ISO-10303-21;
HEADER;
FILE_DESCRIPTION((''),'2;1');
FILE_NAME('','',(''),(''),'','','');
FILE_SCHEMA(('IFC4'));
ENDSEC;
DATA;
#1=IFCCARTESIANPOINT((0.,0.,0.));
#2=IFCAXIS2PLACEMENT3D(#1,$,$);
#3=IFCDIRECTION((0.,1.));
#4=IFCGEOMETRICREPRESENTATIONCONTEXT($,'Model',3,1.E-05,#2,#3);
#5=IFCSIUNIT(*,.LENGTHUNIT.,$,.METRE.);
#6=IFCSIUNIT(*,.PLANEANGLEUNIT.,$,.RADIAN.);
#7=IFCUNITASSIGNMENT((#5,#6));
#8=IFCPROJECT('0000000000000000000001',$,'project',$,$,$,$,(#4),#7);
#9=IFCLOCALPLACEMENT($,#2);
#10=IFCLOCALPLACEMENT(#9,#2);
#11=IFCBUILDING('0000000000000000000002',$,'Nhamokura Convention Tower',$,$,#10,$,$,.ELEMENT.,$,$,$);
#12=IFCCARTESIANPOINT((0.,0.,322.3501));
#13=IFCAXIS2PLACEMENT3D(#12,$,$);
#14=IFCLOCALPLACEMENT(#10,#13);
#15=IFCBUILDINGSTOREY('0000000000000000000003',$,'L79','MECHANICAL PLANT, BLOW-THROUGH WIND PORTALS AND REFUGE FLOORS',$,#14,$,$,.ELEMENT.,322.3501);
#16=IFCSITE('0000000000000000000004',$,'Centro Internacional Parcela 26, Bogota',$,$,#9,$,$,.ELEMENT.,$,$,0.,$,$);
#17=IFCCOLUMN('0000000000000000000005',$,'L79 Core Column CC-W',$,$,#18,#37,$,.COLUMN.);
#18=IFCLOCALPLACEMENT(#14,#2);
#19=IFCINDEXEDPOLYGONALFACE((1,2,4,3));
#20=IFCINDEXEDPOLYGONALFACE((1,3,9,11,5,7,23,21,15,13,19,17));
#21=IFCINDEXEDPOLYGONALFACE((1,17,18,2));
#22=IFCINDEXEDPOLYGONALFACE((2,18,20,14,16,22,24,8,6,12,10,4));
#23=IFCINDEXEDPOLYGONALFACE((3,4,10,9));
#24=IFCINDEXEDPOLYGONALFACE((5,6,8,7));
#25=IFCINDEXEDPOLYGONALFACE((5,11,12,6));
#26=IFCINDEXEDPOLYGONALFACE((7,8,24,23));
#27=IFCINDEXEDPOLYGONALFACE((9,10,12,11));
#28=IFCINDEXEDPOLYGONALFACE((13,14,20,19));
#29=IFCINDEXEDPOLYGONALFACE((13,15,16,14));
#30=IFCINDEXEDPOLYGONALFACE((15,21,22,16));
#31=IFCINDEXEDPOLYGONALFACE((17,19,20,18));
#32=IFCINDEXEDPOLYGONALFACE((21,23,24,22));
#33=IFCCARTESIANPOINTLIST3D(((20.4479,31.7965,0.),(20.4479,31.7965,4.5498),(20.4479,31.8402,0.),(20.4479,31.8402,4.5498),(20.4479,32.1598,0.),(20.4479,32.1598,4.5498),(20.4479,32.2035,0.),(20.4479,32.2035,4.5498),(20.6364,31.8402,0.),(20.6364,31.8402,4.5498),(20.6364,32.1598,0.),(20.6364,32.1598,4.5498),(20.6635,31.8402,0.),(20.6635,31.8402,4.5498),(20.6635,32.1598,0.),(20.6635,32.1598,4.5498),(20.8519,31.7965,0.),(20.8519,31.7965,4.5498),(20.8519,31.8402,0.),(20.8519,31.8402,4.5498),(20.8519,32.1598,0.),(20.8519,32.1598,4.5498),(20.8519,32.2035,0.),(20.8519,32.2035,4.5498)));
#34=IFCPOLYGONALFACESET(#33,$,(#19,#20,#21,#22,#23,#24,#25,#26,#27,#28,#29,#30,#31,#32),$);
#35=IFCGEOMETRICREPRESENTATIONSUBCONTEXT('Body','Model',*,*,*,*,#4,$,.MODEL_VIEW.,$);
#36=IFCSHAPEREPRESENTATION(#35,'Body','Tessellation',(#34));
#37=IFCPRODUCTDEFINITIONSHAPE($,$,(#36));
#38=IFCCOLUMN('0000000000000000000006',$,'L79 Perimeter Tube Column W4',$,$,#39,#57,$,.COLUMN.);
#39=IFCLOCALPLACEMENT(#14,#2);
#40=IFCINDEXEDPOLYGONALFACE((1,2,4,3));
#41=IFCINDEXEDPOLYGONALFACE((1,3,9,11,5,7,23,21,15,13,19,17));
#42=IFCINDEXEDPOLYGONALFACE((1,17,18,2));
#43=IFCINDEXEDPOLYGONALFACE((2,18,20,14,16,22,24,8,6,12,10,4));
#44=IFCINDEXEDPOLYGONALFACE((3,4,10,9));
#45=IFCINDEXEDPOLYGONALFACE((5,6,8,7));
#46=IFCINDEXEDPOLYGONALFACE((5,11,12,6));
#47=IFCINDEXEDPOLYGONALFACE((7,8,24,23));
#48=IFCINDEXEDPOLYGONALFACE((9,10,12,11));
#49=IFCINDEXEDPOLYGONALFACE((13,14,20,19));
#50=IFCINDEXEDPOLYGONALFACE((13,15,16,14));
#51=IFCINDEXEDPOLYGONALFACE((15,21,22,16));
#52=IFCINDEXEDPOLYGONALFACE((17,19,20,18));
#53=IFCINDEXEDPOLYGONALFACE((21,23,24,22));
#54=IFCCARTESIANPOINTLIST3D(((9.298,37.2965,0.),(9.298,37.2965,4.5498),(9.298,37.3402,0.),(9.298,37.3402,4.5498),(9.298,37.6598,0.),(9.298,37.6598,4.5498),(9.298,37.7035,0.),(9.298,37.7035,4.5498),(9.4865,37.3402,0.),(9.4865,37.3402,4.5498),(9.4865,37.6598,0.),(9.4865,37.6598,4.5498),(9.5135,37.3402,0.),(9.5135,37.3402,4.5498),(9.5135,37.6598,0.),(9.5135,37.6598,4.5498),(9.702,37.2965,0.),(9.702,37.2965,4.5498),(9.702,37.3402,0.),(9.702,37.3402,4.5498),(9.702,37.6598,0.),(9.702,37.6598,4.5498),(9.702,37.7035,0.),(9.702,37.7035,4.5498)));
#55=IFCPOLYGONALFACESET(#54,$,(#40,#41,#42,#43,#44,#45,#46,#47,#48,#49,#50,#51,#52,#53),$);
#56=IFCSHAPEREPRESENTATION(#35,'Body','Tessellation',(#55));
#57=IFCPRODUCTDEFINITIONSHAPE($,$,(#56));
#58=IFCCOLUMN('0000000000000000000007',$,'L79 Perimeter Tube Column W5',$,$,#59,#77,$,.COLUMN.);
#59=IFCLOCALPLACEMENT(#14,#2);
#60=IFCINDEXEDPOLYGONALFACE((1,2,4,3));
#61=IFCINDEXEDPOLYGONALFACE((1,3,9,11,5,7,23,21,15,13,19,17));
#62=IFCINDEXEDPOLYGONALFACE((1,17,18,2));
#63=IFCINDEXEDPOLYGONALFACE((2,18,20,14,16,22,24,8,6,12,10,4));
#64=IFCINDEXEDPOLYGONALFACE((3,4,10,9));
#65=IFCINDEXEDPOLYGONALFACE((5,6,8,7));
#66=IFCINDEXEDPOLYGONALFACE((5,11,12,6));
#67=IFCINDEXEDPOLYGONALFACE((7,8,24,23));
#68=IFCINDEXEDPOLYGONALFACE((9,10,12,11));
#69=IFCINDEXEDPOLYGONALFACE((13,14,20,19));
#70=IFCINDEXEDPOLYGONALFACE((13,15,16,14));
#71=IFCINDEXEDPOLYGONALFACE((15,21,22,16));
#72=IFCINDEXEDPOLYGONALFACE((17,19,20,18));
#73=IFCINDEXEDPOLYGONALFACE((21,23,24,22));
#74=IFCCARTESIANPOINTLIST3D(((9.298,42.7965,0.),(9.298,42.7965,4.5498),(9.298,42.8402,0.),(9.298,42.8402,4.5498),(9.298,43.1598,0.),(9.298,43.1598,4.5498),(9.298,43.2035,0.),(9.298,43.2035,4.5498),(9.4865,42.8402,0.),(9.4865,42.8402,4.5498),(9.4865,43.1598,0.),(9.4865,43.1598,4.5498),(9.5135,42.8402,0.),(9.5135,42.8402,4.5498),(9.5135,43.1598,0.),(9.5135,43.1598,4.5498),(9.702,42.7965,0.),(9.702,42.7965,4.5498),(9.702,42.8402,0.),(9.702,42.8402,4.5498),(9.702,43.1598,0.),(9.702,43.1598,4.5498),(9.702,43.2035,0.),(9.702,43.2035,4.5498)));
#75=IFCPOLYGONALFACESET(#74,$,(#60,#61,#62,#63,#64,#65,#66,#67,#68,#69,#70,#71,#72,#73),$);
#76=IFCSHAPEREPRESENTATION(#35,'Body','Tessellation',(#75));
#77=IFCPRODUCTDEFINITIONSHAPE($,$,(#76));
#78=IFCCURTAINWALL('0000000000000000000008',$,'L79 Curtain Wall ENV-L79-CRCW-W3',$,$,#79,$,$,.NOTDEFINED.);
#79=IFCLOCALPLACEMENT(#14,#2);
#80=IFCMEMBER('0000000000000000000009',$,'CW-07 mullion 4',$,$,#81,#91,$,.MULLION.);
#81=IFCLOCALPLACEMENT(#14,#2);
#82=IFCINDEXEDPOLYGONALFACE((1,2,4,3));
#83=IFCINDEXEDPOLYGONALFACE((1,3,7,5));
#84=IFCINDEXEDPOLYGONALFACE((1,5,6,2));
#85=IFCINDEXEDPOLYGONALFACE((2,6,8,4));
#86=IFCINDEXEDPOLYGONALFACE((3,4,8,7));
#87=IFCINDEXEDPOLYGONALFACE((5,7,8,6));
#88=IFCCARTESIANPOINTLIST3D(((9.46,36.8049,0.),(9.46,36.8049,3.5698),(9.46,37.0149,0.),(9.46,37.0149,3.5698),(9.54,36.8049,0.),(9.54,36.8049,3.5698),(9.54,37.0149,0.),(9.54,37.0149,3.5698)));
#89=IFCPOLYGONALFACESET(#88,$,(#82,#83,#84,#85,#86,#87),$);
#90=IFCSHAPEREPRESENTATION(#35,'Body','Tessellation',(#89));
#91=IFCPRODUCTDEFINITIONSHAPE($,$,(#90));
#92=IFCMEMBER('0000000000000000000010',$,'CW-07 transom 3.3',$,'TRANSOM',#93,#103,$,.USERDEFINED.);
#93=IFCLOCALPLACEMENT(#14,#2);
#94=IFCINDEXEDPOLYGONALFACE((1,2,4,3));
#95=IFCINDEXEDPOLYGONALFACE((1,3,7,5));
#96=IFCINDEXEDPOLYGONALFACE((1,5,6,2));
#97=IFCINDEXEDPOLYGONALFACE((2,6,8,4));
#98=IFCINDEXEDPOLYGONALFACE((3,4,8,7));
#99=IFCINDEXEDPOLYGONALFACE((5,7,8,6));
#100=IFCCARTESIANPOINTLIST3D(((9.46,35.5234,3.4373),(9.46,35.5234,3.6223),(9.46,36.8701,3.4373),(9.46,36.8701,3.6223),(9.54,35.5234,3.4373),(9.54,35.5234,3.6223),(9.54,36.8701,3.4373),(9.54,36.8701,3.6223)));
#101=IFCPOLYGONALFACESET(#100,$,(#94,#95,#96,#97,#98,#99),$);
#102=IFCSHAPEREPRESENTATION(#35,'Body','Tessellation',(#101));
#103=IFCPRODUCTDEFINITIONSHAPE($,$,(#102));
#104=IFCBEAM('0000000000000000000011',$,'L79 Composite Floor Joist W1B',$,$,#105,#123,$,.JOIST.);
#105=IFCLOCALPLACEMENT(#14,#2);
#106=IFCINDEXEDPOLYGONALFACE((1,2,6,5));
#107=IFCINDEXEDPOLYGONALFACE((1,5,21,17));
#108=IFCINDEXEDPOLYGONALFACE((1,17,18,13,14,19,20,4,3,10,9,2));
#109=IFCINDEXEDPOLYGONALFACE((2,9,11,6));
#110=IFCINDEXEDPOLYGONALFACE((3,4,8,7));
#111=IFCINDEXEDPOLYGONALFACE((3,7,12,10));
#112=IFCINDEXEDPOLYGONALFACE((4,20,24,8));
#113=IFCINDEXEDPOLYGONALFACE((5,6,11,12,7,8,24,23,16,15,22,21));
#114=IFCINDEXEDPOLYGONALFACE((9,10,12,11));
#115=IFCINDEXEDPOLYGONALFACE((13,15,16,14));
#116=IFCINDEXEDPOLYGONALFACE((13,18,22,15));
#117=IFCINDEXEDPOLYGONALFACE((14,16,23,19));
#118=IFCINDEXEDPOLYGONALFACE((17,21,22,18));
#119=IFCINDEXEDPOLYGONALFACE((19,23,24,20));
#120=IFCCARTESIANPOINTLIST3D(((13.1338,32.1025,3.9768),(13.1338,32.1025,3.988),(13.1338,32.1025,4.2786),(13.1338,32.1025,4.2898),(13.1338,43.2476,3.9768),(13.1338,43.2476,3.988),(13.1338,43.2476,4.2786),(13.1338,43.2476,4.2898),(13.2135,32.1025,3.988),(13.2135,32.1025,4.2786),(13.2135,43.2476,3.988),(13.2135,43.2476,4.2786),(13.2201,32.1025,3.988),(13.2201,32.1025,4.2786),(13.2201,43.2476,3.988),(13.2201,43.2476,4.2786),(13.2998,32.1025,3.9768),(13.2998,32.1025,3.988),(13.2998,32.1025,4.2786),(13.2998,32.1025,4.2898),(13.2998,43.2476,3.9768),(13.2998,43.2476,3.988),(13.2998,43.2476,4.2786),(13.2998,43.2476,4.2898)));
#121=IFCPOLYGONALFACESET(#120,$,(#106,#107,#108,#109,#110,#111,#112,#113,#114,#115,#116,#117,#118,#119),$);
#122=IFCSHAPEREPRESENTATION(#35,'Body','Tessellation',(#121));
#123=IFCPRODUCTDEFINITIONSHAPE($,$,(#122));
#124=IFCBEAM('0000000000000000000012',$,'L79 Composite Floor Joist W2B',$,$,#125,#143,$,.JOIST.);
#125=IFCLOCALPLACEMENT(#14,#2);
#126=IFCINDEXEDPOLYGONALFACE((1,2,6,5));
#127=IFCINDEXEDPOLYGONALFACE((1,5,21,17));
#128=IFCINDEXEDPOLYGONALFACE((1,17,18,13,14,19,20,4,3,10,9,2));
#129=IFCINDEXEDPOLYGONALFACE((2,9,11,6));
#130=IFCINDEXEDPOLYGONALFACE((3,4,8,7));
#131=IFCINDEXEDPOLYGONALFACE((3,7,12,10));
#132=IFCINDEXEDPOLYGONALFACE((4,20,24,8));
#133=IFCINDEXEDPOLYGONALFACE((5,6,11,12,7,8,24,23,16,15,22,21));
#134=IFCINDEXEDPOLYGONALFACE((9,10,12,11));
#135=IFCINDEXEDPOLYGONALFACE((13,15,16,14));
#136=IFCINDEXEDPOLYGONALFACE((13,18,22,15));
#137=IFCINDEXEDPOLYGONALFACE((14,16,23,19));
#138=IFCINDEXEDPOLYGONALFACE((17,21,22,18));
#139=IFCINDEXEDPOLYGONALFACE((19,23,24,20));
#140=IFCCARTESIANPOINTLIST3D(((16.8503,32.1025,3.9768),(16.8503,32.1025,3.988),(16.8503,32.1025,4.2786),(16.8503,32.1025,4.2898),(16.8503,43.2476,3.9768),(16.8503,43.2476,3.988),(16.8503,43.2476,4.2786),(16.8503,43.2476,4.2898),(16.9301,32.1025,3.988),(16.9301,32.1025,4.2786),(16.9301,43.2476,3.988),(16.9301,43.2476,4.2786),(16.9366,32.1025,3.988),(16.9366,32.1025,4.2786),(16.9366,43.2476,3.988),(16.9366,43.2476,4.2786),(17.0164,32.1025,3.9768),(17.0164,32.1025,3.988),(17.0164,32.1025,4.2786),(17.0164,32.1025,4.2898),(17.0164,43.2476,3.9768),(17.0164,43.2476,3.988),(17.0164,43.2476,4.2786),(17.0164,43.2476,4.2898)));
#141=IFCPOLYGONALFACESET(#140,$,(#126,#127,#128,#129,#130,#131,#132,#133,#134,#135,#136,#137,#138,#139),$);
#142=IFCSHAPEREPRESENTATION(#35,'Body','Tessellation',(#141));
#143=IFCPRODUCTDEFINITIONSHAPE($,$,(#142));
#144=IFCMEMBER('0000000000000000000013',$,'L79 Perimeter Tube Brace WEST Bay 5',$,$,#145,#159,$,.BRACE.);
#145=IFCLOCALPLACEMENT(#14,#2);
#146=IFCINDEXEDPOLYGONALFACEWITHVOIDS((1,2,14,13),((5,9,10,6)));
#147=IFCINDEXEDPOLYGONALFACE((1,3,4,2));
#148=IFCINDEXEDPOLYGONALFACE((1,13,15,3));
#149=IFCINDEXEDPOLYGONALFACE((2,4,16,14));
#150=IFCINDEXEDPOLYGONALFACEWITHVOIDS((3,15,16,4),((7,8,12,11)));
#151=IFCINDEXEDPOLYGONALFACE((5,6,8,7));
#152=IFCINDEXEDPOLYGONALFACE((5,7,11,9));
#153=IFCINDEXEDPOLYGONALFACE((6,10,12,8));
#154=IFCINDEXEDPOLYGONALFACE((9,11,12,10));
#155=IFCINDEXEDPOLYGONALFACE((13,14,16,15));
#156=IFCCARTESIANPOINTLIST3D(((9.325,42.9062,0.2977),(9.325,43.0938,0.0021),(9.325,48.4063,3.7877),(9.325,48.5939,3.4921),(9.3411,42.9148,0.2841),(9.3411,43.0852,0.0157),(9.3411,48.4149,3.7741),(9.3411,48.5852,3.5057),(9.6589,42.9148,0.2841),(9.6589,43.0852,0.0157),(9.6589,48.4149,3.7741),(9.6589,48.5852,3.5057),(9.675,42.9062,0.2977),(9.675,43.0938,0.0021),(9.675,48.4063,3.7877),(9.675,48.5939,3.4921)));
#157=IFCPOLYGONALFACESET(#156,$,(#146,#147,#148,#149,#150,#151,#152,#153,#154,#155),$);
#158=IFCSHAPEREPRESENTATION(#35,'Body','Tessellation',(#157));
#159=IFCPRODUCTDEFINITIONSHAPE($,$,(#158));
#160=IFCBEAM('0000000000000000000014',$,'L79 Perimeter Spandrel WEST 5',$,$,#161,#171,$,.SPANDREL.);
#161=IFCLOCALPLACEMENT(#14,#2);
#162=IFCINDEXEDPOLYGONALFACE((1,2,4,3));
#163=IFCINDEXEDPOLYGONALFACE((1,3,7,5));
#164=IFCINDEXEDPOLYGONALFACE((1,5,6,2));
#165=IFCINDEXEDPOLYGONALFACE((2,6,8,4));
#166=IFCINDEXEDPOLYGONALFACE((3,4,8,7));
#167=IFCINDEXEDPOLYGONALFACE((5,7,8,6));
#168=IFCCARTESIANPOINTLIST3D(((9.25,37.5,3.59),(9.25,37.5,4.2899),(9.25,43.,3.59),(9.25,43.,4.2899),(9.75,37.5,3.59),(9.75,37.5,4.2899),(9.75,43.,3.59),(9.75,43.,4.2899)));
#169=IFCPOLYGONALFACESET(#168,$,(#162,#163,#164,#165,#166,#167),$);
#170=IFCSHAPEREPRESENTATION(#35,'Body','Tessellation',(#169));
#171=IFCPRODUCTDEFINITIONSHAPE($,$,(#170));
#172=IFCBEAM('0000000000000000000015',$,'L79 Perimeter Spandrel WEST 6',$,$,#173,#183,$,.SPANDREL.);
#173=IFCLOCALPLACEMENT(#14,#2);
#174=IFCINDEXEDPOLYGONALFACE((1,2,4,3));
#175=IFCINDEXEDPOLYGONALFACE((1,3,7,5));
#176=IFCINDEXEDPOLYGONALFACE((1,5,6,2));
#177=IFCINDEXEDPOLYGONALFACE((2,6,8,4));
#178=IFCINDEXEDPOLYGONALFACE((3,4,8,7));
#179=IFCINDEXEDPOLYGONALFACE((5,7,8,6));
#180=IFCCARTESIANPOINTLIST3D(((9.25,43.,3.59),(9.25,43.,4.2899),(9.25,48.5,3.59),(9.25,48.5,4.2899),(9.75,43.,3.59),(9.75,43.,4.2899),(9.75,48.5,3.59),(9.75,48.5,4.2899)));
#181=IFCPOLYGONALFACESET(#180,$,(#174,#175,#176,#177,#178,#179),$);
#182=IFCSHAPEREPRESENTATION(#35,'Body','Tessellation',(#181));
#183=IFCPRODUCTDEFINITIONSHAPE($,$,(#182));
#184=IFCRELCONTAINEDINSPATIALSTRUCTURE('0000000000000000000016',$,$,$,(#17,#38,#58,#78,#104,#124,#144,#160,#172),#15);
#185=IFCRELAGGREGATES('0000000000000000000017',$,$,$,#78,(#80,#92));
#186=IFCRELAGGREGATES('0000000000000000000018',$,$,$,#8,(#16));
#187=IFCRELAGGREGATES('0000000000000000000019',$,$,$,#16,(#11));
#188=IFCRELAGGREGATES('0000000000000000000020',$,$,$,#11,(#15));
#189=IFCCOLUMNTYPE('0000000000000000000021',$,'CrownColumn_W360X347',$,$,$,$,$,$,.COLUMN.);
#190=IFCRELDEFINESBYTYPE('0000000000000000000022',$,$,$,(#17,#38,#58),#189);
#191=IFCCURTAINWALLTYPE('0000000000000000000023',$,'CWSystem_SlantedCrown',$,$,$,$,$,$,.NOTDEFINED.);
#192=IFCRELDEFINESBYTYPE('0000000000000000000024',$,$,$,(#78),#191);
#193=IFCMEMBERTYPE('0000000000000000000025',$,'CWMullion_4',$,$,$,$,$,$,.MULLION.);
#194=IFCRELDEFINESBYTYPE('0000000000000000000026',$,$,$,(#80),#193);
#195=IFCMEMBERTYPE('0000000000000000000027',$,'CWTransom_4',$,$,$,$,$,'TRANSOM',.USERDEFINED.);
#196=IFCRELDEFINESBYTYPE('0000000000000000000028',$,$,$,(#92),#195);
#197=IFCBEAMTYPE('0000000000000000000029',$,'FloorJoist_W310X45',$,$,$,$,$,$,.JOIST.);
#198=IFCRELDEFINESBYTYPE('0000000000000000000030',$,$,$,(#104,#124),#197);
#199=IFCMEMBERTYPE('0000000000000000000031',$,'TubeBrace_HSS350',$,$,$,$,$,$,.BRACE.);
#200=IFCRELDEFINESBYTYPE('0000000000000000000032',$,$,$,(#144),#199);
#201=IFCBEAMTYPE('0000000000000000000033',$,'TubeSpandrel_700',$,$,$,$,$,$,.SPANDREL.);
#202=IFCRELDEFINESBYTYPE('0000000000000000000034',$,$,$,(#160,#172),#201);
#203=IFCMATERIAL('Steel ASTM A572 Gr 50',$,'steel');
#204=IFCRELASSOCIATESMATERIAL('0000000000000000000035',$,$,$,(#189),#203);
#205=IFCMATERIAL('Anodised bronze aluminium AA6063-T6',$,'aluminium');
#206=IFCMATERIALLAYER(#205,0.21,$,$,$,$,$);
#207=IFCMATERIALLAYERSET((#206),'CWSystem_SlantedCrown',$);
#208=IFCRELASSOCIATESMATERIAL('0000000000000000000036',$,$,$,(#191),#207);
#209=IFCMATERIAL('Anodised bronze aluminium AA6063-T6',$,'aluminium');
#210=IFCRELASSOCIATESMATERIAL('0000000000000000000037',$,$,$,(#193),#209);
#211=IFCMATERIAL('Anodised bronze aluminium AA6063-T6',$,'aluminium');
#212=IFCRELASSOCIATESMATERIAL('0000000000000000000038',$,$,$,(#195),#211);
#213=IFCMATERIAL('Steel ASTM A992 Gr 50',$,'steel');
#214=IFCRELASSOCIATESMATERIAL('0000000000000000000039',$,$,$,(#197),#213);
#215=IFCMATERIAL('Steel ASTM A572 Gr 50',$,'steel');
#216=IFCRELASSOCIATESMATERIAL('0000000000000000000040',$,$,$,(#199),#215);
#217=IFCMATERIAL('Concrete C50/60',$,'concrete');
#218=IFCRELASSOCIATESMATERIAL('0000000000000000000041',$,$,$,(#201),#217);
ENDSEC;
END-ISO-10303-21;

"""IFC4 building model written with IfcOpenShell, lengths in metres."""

from ifc_helpers import new_model, si_unit, direction, frame, origin, origin_2d, place, context, subcontext, project, spatial, rectangle, hollow_rectangle, i_section, extrude, material, layer, layer_set, material_profile, profile_set, type_object, element, aggregate, save


model = new_model("IFC4")

# Units and contexts
model_context = context("Model", 3, precision=1e-05, world=origin(), true_north=direction((0.0, 1.0)))
body_context = subcontext(model_context, "Body", "Model", "MODEL_VIEW")
ifc_project = project(units=[si_unit("LENGTHUNIT", "METRE"), si_unit("PLANEANGLEUNIT", "RADIAN")], contexts=[model_context])

# Site, building, storey
site_placement = place(None, origin())
site = spatial("IfcSite", under=ifc_project, at=site_placement, Name="Centro Internacional Parcela 26, Bogota", CompositionType="ELEMENT", RefElevation=0.0)
building_placement = place(site_placement, origin())
building = spatial("IfcBuilding", under=site, at=building_placement, Name="Nhamokura Convention Tower", CompositionType="ELEMENT")
storey_placement = place(building_placement, frame((0.0, 0.0, 322.3501)))
storey = spatial("IfcBuildingStorey", under=building, at=storey_placement, Name="L79", Description="MECHANICAL PLANT, BLOW-THROUGH WIND PORTALS AND REFUGE FLOORS", CompositionType="ELEMENT", Elevation=322.3501)

# Columns
ifc_material_1 = material(Name="Steel ASTM A572 Gr 50", Category="steel")
ifc_material_profile_1 = material_profile(ifc_material_1, i_section(OverallWidth=0.4041, OverallDepth=0.407, WebThickness=0.0271, FlangeThickness=0.0437, at=origin_2d()))
ifc_profile_set_1 = profile_set([ifc_material_profile_1], Name="Steel ASTM A572 Gr 50")
column_type = type_object("IfcColumnType", Name="CrownColumn_W360X347", PredefinedType="COLUMN", material=ifc_profile_set_1)
for number, where, z_axis, x_axis, name in (
    (1, (20.6499, 32.0, 0.0), (0.0, 0.0, 1.0), (1.0, 0.0, 0.0), "L79 Core Column CC-W"),
    (2, (9.5, 37.5, 0.0), (0.0, 0.0, 1.0), (1.0, 0.0, 0.0), "L79 Perimeter Tube Column W4"),
    (3, (9.5, 43.0, 0.0), (0.0, 0.0, 1.0), (1.0, 0.0, 0.0), "L79 Perimeter Tube Column W5"),
):
    element("IfcColumn", number, at=place(storey_placement, frame(where, z_axis=z_axis, x_axis=x_axis)), inside=storey, type_object=column_type, Name=name, PredefinedType="COLUMN", context=body_context, shape_type="SweptSolid", body=[
        extrude(i_section(OverallWidth=0.4041, OverallDepth=0.407, WebThickness=0.0271, FlangeThickness=0.0437, at=origin_2d()), origin(), (0.0, 0.0, 1.0), 4.5498),
    ])

# Curtain wall, members
ifc_material_2 = material(Name="Anodised bronze aluminium AA6063-T6", Category="aluminium")
ifc_layer_1 = layer(ifc_material_2, 0.21)
ifc_layer_set_1 = layer_set([ifc_layer_1], Name="CWSystem_SlantedCrown")
curtain_wall_type = type_object("IfcCurtainWallType", Name="CWSystem_SlantedCrown", PredefinedType="NOTDEFINED", material=ifc_layer_set_1)
curtain_wall_placement = place(storey_placement, origin())
curtain_wall = element("IfcCurtainWall", 4, at=curtain_wall_placement, inside=storey, type_object=curtain_wall_type, Name="L79 Curtain Wall ENV-L79-CRCW-W3", PredefinedType="NOTDEFINED")
ifc_material_3 = material(Name="Anodised bronze aluminium AA6063-T6", Category="aluminium")
ifc_material_profile_2 = material_profile(ifc_material_3, rectangle(XDim=0.0801, YDim=0.21, at=origin_2d()))
ifc_profile_set_2 = profile_set([ifc_material_profile_2], Name="Anodised bronze aluminium AA6063-T6")
member_type_1 = type_object("IfcMemberType", Name="CWMullion_4", PredefinedType="MULLION", material=ifc_profile_set_2)
member_1_placement = place(storey_placement, frame((9.5, 36.9099, 0.0), z_axis=(0.0, 0.0, 1.0), x_axis=(-1.0, 0.0, 0.0)))
member_1 = element("IfcMember", 5, at=member_1_placement, type_object=member_type_1, Name="CW-07 mullion 4", PredefinedType="MULLION", context=body_context, shape_type="SweptSolid", body=[
    extrude(rectangle(XDim=0.0801, YDim=0.21, at=origin_2d()), origin(), (0.0, 0.0, 1.0), 3.5698),
])
ifc_material_4 = material(Name="Anodised bronze aluminium AA6063-T6", Category="aluminium")
ifc_material_profile_3 = material_profile(ifc_material_4, rectangle(XDim=0.0801, YDim=0.1851, at=origin_2d()))
ifc_profile_set_3 = profile_set([ifc_material_profile_3], Name="Anodised bronze aluminium AA6063-T6")
member_type_2 = type_object("IfcMemberType", Name="CWTransom_4", ElementType="TRANSOM", PredefinedType="USERDEFINED", material=ifc_profile_set_3)
member_2_placement = place(storey_placement, frame((9.5, 35.5234, 3.5298), z_axis=(0.0, 1.0, 0.0), x_axis=(-1.0, 0.0, 0.0)))
member_2 = element("IfcMember", 6, at=member_2_placement, type_object=member_type_2, Name="CW-07 transom 3.3", ObjectType="TRANSOM", PredefinedType="USERDEFINED", context=body_context, shape_type="SweptSolid", body=[
    extrude(rectangle(XDim=0.0801, YDim=0.1851, at=origin_2d()), origin(), (0.0, 0.0, 1.0), 1.3467),
])

# Beams
ifc_material_5 = material(Name="Steel ASTM A992 Gr 50", Category="steel")
ifc_material_profile_4 = material_profile(ifc_material_5, i_section(OverallWidth=0.166, OverallDepth=0.313, WebThickness=0.0066, FlangeThickness=0.0112, at=origin_2d()))
ifc_profile_set_4 = profile_set([ifc_material_profile_4], Name="Steel ASTM A992 Gr 50")
beam_type_1 = type_object("IfcBeamType", Name="FloorJoist_W310X45", PredefinedType="JOIST", material=ifc_profile_set_4)
for number, where, z_axis, x_axis, name in (
    (7, (13.2168, 32.1025, 4.1333), (0.0, 1.0, 0.0), (-1.0, 0.0, 0.0), "L79 Composite Floor Joist W1B"),
    (8, (16.9333, 32.1025, 4.1333), (0.0, 1.0, 0.0), (-1.0, 0.0, 0.0), "L79 Composite Floor Joist W2B"),
):
    element("IfcBeam", number, at=place(storey_placement, frame(where, z_axis=z_axis, x_axis=x_axis)), inside=storey, type_object=beam_type_1, Name=name, PredefinedType="JOIST", context=body_context, shape_type="SweptSolid", body=[
        extrude(i_section(OverallWidth=0.166, OverallDepth=0.313, WebThickness=0.0066, FlangeThickness=0.0112, at=origin_2d()), origin(), (0.0, 0.0, 1.0), 11.145),
    ])

# Member
ifc_material_6 = material(Name="Steel ASTM A572 Gr 50", Category="steel")
ifc_material_profile_5 = material_profile(ifc_material_6, hollow_rectangle(XDim=0.3501, YDim=0.3501, WallThickness=0.0161, at=origin_2d()))
ifc_profile_set_5 = profile_set([ifc_material_profile_5], Name="Steel ASTM A572 Gr 50")
member_type_3 = type_object("IfcMemberType", Name="TubeBrace_HSS350", PredefinedType="BRACE", material=ifc_profile_set_5)
member_3_placement = place(storey_placement, frame((9.5, 43.0, 0.1499), z_axis=(0.0, 0.844357, 0.535781), x_axis=(-1.0, 0.0, 0.0)))
element("IfcMember", 9, at=member_3_placement, inside=storey, type_object=member_type_3, Name="L79 Perimeter Tube Brace WEST Bay 5", PredefinedType="BRACE", context=body_context, shape_type="SweptSolid", body=[
    extrude(hollow_rectangle(XDim=0.3501, YDim=0.3501, WallThickness=0.0161, at=origin_2d()), origin(), (0.0, 0.0, 1.0), 6.5139),
])

# Beams
ifc_material_7 = material(Name="Concrete C50/60", Category="concrete")
ifc_material_profile_6 = material_profile(ifc_material_7, rectangle(XDim=0.5, YDim=0.7, at=origin_2d()))
ifc_profile_set_6 = profile_set([ifc_material_profile_6], Name="Concrete C50/60")
beam_type_2 = type_object("IfcBeamType", Name="TubeSpandrel_700", PredefinedType="SPANDREL", material=ifc_profile_set_6)
for number, where, z_axis, x_axis, name in (
    (10, (9.5, 37.5, 3.9399), (0.0, 1.0, 0.0), (-1.0, 0.0, 0.0), "L79 Perimeter Spandrel WEST 5"),
    (11, (9.5, 43.0, 3.9399), (0.0, 1.0, 0.0), (-1.0, 0.0, 0.0), "L79 Perimeter Spandrel WEST 6"),
):
    element("IfcBeam", number, at=place(storey_placement, frame(where, z_axis=z_axis, x_axis=x_axis)), inside=storey, type_object=beam_type_2, Name=name, PredefinedType="SPANDREL", context=body_context, shape_type="SweptSolid", body=[
        extrude(rectangle(XDim=0.5, YDim=0.7, at=origin_2d()), origin(), (0.0, 0.0, 1.0), 5.5),
    ])

aggregate(curtain_wall, [member_1, member_2])

save(model, "model.ifc")
